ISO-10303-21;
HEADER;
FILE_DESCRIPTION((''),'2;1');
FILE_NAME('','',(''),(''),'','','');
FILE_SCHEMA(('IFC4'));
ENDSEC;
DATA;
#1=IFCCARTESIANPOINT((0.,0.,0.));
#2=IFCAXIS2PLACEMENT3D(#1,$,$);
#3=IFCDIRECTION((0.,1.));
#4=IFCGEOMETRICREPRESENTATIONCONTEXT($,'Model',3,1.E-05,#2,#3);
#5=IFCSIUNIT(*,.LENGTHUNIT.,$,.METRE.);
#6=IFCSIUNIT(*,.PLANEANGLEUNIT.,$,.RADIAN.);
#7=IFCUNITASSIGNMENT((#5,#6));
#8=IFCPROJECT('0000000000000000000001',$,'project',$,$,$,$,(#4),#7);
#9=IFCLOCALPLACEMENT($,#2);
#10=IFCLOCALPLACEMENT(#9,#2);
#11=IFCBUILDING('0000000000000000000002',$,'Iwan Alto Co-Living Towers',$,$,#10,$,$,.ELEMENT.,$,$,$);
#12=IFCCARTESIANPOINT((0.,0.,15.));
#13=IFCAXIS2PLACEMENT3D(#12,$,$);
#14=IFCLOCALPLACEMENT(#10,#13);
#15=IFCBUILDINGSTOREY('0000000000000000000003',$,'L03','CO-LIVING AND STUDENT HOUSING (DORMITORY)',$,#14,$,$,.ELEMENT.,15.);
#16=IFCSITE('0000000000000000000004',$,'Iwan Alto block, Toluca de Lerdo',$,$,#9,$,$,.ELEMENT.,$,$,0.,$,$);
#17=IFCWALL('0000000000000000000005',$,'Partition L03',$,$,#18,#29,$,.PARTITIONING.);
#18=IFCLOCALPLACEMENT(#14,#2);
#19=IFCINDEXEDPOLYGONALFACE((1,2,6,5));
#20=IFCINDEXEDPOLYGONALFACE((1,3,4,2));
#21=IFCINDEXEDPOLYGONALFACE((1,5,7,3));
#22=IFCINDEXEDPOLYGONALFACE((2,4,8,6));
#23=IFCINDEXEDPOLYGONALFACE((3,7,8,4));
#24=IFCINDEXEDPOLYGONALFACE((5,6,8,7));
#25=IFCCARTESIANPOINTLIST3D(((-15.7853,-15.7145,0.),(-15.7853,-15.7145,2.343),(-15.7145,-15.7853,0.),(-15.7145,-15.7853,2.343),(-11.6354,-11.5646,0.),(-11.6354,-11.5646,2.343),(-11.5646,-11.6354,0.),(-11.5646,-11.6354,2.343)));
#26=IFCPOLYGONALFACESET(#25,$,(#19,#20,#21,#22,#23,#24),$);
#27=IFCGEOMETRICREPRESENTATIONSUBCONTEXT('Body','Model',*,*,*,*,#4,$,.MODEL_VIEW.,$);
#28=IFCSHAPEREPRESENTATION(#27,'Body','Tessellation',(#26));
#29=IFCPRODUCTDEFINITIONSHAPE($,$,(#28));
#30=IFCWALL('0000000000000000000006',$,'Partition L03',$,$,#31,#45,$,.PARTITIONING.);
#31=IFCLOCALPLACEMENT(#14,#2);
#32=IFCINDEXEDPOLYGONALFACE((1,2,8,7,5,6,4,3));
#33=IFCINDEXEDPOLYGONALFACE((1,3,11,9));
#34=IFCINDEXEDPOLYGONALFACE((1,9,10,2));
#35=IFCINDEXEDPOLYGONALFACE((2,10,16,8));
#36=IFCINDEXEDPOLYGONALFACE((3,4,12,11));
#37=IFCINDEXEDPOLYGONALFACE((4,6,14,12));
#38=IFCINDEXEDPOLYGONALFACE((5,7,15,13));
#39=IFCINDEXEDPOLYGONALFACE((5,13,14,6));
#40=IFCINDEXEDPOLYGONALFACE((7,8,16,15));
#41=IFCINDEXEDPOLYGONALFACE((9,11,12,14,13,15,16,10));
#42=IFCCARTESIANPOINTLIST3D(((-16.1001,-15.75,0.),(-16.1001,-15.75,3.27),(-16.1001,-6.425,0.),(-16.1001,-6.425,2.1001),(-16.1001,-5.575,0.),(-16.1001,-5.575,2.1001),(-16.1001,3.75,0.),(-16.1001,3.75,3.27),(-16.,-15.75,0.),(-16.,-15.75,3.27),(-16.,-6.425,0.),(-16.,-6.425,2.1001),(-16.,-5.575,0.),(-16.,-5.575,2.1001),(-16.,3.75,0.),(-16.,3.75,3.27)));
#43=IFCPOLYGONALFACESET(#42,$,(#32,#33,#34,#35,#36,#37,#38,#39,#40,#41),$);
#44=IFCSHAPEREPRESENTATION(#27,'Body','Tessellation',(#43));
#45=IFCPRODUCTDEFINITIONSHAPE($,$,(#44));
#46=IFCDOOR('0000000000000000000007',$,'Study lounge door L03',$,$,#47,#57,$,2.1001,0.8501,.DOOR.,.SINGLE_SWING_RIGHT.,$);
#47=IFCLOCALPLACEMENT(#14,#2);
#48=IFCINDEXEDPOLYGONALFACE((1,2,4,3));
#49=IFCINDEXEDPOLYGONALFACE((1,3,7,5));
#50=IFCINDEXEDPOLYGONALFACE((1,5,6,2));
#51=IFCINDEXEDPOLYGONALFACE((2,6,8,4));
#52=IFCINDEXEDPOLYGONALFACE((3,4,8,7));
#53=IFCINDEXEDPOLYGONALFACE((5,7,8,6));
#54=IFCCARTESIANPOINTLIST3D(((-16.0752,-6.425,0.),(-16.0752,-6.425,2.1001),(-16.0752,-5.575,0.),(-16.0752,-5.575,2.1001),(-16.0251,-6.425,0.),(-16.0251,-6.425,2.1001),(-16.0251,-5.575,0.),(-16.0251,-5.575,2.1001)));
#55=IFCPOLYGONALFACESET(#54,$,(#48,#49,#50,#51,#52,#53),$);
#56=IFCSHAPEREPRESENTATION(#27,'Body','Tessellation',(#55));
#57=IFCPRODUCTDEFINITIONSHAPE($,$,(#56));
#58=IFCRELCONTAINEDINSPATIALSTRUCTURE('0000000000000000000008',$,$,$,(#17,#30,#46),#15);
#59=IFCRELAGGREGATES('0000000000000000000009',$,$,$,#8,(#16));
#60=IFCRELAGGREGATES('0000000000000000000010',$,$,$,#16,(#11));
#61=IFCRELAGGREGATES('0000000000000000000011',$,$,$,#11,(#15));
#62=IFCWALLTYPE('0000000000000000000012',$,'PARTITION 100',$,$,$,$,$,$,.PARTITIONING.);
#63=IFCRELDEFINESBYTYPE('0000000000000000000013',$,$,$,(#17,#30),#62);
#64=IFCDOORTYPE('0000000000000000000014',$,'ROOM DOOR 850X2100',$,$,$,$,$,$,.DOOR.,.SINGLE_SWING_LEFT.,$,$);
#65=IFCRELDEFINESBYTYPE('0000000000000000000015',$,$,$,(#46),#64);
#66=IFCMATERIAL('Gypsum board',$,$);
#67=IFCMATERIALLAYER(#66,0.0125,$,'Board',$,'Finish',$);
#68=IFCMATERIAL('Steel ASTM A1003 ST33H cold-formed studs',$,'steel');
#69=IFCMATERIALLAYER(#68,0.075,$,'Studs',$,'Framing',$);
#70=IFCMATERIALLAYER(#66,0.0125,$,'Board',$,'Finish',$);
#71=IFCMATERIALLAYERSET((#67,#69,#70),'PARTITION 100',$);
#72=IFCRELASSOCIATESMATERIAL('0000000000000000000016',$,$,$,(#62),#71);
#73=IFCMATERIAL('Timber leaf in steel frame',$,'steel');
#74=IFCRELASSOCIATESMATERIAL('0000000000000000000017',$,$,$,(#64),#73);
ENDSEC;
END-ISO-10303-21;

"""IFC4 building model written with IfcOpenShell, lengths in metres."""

from ifc_helpers import new_model, si_unit, direction, frame, frame_2d, origin, place, context, subcontext, project, spatial, rectangle, extrude, material, layer, layer_set, type_object, element, fill, save


model = new_model("IFC4")

# Units and contexts
model_context = context("Model", 3, precision=1e-05, world=origin(), true_north=direction((0.0, 1.0)))
body_context = subcontext(model_context, "Body", "Model", "MODEL_VIEW")
ifc_project = project(units=[si_unit("LENGTHUNIT", "METRE"), si_unit("PLANEANGLEUNIT", "RADIAN")], contexts=[model_context])

# Site, building, storey
site_placement = place(None, origin())
site = spatial("IfcSite", under=ifc_project, at=site_placement, Name="Iwan Alto block, Toluca de Lerdo", CompositionType="ELEMENT", RefElevation=0.0)
building_placement = place(site_placement, origin())
building = spatial("IfcBuilding", under=site, at=building_placement, Name="Iwan Alto Co-Living Towers", CompositionType="ELEMENT")
storey_placement = place(building_placement, frame((0.0, 0.0, 15.0)))
storey = spatial("IfcBuildingStorey", under=building, at=storey_placement, Name="L03", Description="CO-LIVING AND STUDENT HOUSING (DORMITORY)", CompositionType="ELEMENT", Elevation=15.0)

# Shared definitions
ifc_material_1 = material(Name="Gypsum board")
ifc_layer_1 = layer(ifc_material_1, 0.0125, Name="Board", Category="Finish")
ifc_material_2 = material(Name="Steel ASTM A1003 ST33H cold-formed studs", Category="steel")
ifc_layer_2 = layer(ifc_material_2, 0.075, Name="Studs", Category="Framing")
ifc_layer_3 = layer(ifc_material_1, 0.0125, Name="Board", Category="Finish")
ifc_layer_set = layer_set([ifc_layer_1, ifc_layer_2, ifc_layer_3], Name="PARTITION 100")
wall_type = type_object("IfcWallType", Name="PARTITION 100", PredefinedType="PARTITIONING", material=ifc_layer_set)

# Wall
wall_1_placement = place(storey_placement, frame((-15.75, -15.75, 0.0), z_axis=(0.0, 0.0, 1.0), x_axis=(0.707107, 0.707107, 0.0)))
element("IfcWall", 1, at=wall_1_placement, inside=storey, type_object=wall_type, Name="Partition L03", PredefinedType="PARTITIONING", context=body_context, shape_type="SweptSolid", body=[
    extrude(rectangle(XDim=5.8689, YDim=0.1001, at=frame_2d((2.9346, 0.0))), origin(), (0.0, 0.0, 1.0), 2.343),
])

# Wall, opening, door
wall_2_placement = place(storey_placement, frame((-16.05, -15.75, 0.0), z_axis=(0.0, 0.0, 1.0), x_axis=(0.0, 1.0, 0.0)))
wall_2 = element("IfcWall", 2, at=wall_2_placement, inside=storey, type_object=wall_type, Name="Partition L03", PredefinedType="PARTITIONING", context=body_context, shape_type="SweptSolid", body=[
    extrude(rectangle(XDim=19.5, YDim=0.1001, at=frame_2d((9.75, 0.0))), origin(), (0.0, 0.0, 1.0), 3.27),
])
opening_1_placement = place(wall_2_placement, frame((9.325, 0.0, 0.0)))
opening_1 = element("IfcOpeningElement", 3, at=opening_1_placement, cuts=wall_2, PredefinedType="OPENING", context=body_context, shape_type="SweptSolid", body=[
    extrude(rectangle(XDim=0.8501, YDim=2.1001, at=frame_2d((0.425, 1.05))), frame((0.0, 0.0601, 0.0), z_axis=(0.0, -1.0, 0.0), x_axis=(1.0, 0.0, 0.0)), (0.0, 0.0, 1.0), 0.1201),
])
ifc_material_3 = material(Name="Timber leaf in steel frame", Category="steel")
door_type_1 = type_object("IfcDoorType", Name="ROOM DOOR 850X2100", OperationType="SINGLE_SWING_LEFT", PredefinedType="DOOR", material=ifc_material_3)
door_1_placement = place(opening_1_placement, frame((0.8501, 0.0, 0.0), z_axis=(0.0, 0.0, 1.0), x_axis=(-1.0, 0.0, 0.0)))
door_1 = element("IfcDoor", 4, at=door_1_placement, inside=storey, type_object=door_type_1, Name="Study lounge door L03", OperationType="SINGLE_SWING_RIGHT", OverallHeight=2.1001, OverallWidth=0.8501, PredefinedType="DOOR", context=body_context, shape_type="SweptSolid", body=[
    extrude(rectangle(XDim=0.8501, YDim=2.1001, at=frame_2d((0.425, 1.05))), frame((0.0, 0.0249, 0.0), z_axis=(0.0, -1.0, 0.0), x_axis=(1.0, 0.0, 0.0)), (0.0, 0.0, 1.0), 0.05),
])
fill(opening_1, door_1)

save(model, "model.ifc")
